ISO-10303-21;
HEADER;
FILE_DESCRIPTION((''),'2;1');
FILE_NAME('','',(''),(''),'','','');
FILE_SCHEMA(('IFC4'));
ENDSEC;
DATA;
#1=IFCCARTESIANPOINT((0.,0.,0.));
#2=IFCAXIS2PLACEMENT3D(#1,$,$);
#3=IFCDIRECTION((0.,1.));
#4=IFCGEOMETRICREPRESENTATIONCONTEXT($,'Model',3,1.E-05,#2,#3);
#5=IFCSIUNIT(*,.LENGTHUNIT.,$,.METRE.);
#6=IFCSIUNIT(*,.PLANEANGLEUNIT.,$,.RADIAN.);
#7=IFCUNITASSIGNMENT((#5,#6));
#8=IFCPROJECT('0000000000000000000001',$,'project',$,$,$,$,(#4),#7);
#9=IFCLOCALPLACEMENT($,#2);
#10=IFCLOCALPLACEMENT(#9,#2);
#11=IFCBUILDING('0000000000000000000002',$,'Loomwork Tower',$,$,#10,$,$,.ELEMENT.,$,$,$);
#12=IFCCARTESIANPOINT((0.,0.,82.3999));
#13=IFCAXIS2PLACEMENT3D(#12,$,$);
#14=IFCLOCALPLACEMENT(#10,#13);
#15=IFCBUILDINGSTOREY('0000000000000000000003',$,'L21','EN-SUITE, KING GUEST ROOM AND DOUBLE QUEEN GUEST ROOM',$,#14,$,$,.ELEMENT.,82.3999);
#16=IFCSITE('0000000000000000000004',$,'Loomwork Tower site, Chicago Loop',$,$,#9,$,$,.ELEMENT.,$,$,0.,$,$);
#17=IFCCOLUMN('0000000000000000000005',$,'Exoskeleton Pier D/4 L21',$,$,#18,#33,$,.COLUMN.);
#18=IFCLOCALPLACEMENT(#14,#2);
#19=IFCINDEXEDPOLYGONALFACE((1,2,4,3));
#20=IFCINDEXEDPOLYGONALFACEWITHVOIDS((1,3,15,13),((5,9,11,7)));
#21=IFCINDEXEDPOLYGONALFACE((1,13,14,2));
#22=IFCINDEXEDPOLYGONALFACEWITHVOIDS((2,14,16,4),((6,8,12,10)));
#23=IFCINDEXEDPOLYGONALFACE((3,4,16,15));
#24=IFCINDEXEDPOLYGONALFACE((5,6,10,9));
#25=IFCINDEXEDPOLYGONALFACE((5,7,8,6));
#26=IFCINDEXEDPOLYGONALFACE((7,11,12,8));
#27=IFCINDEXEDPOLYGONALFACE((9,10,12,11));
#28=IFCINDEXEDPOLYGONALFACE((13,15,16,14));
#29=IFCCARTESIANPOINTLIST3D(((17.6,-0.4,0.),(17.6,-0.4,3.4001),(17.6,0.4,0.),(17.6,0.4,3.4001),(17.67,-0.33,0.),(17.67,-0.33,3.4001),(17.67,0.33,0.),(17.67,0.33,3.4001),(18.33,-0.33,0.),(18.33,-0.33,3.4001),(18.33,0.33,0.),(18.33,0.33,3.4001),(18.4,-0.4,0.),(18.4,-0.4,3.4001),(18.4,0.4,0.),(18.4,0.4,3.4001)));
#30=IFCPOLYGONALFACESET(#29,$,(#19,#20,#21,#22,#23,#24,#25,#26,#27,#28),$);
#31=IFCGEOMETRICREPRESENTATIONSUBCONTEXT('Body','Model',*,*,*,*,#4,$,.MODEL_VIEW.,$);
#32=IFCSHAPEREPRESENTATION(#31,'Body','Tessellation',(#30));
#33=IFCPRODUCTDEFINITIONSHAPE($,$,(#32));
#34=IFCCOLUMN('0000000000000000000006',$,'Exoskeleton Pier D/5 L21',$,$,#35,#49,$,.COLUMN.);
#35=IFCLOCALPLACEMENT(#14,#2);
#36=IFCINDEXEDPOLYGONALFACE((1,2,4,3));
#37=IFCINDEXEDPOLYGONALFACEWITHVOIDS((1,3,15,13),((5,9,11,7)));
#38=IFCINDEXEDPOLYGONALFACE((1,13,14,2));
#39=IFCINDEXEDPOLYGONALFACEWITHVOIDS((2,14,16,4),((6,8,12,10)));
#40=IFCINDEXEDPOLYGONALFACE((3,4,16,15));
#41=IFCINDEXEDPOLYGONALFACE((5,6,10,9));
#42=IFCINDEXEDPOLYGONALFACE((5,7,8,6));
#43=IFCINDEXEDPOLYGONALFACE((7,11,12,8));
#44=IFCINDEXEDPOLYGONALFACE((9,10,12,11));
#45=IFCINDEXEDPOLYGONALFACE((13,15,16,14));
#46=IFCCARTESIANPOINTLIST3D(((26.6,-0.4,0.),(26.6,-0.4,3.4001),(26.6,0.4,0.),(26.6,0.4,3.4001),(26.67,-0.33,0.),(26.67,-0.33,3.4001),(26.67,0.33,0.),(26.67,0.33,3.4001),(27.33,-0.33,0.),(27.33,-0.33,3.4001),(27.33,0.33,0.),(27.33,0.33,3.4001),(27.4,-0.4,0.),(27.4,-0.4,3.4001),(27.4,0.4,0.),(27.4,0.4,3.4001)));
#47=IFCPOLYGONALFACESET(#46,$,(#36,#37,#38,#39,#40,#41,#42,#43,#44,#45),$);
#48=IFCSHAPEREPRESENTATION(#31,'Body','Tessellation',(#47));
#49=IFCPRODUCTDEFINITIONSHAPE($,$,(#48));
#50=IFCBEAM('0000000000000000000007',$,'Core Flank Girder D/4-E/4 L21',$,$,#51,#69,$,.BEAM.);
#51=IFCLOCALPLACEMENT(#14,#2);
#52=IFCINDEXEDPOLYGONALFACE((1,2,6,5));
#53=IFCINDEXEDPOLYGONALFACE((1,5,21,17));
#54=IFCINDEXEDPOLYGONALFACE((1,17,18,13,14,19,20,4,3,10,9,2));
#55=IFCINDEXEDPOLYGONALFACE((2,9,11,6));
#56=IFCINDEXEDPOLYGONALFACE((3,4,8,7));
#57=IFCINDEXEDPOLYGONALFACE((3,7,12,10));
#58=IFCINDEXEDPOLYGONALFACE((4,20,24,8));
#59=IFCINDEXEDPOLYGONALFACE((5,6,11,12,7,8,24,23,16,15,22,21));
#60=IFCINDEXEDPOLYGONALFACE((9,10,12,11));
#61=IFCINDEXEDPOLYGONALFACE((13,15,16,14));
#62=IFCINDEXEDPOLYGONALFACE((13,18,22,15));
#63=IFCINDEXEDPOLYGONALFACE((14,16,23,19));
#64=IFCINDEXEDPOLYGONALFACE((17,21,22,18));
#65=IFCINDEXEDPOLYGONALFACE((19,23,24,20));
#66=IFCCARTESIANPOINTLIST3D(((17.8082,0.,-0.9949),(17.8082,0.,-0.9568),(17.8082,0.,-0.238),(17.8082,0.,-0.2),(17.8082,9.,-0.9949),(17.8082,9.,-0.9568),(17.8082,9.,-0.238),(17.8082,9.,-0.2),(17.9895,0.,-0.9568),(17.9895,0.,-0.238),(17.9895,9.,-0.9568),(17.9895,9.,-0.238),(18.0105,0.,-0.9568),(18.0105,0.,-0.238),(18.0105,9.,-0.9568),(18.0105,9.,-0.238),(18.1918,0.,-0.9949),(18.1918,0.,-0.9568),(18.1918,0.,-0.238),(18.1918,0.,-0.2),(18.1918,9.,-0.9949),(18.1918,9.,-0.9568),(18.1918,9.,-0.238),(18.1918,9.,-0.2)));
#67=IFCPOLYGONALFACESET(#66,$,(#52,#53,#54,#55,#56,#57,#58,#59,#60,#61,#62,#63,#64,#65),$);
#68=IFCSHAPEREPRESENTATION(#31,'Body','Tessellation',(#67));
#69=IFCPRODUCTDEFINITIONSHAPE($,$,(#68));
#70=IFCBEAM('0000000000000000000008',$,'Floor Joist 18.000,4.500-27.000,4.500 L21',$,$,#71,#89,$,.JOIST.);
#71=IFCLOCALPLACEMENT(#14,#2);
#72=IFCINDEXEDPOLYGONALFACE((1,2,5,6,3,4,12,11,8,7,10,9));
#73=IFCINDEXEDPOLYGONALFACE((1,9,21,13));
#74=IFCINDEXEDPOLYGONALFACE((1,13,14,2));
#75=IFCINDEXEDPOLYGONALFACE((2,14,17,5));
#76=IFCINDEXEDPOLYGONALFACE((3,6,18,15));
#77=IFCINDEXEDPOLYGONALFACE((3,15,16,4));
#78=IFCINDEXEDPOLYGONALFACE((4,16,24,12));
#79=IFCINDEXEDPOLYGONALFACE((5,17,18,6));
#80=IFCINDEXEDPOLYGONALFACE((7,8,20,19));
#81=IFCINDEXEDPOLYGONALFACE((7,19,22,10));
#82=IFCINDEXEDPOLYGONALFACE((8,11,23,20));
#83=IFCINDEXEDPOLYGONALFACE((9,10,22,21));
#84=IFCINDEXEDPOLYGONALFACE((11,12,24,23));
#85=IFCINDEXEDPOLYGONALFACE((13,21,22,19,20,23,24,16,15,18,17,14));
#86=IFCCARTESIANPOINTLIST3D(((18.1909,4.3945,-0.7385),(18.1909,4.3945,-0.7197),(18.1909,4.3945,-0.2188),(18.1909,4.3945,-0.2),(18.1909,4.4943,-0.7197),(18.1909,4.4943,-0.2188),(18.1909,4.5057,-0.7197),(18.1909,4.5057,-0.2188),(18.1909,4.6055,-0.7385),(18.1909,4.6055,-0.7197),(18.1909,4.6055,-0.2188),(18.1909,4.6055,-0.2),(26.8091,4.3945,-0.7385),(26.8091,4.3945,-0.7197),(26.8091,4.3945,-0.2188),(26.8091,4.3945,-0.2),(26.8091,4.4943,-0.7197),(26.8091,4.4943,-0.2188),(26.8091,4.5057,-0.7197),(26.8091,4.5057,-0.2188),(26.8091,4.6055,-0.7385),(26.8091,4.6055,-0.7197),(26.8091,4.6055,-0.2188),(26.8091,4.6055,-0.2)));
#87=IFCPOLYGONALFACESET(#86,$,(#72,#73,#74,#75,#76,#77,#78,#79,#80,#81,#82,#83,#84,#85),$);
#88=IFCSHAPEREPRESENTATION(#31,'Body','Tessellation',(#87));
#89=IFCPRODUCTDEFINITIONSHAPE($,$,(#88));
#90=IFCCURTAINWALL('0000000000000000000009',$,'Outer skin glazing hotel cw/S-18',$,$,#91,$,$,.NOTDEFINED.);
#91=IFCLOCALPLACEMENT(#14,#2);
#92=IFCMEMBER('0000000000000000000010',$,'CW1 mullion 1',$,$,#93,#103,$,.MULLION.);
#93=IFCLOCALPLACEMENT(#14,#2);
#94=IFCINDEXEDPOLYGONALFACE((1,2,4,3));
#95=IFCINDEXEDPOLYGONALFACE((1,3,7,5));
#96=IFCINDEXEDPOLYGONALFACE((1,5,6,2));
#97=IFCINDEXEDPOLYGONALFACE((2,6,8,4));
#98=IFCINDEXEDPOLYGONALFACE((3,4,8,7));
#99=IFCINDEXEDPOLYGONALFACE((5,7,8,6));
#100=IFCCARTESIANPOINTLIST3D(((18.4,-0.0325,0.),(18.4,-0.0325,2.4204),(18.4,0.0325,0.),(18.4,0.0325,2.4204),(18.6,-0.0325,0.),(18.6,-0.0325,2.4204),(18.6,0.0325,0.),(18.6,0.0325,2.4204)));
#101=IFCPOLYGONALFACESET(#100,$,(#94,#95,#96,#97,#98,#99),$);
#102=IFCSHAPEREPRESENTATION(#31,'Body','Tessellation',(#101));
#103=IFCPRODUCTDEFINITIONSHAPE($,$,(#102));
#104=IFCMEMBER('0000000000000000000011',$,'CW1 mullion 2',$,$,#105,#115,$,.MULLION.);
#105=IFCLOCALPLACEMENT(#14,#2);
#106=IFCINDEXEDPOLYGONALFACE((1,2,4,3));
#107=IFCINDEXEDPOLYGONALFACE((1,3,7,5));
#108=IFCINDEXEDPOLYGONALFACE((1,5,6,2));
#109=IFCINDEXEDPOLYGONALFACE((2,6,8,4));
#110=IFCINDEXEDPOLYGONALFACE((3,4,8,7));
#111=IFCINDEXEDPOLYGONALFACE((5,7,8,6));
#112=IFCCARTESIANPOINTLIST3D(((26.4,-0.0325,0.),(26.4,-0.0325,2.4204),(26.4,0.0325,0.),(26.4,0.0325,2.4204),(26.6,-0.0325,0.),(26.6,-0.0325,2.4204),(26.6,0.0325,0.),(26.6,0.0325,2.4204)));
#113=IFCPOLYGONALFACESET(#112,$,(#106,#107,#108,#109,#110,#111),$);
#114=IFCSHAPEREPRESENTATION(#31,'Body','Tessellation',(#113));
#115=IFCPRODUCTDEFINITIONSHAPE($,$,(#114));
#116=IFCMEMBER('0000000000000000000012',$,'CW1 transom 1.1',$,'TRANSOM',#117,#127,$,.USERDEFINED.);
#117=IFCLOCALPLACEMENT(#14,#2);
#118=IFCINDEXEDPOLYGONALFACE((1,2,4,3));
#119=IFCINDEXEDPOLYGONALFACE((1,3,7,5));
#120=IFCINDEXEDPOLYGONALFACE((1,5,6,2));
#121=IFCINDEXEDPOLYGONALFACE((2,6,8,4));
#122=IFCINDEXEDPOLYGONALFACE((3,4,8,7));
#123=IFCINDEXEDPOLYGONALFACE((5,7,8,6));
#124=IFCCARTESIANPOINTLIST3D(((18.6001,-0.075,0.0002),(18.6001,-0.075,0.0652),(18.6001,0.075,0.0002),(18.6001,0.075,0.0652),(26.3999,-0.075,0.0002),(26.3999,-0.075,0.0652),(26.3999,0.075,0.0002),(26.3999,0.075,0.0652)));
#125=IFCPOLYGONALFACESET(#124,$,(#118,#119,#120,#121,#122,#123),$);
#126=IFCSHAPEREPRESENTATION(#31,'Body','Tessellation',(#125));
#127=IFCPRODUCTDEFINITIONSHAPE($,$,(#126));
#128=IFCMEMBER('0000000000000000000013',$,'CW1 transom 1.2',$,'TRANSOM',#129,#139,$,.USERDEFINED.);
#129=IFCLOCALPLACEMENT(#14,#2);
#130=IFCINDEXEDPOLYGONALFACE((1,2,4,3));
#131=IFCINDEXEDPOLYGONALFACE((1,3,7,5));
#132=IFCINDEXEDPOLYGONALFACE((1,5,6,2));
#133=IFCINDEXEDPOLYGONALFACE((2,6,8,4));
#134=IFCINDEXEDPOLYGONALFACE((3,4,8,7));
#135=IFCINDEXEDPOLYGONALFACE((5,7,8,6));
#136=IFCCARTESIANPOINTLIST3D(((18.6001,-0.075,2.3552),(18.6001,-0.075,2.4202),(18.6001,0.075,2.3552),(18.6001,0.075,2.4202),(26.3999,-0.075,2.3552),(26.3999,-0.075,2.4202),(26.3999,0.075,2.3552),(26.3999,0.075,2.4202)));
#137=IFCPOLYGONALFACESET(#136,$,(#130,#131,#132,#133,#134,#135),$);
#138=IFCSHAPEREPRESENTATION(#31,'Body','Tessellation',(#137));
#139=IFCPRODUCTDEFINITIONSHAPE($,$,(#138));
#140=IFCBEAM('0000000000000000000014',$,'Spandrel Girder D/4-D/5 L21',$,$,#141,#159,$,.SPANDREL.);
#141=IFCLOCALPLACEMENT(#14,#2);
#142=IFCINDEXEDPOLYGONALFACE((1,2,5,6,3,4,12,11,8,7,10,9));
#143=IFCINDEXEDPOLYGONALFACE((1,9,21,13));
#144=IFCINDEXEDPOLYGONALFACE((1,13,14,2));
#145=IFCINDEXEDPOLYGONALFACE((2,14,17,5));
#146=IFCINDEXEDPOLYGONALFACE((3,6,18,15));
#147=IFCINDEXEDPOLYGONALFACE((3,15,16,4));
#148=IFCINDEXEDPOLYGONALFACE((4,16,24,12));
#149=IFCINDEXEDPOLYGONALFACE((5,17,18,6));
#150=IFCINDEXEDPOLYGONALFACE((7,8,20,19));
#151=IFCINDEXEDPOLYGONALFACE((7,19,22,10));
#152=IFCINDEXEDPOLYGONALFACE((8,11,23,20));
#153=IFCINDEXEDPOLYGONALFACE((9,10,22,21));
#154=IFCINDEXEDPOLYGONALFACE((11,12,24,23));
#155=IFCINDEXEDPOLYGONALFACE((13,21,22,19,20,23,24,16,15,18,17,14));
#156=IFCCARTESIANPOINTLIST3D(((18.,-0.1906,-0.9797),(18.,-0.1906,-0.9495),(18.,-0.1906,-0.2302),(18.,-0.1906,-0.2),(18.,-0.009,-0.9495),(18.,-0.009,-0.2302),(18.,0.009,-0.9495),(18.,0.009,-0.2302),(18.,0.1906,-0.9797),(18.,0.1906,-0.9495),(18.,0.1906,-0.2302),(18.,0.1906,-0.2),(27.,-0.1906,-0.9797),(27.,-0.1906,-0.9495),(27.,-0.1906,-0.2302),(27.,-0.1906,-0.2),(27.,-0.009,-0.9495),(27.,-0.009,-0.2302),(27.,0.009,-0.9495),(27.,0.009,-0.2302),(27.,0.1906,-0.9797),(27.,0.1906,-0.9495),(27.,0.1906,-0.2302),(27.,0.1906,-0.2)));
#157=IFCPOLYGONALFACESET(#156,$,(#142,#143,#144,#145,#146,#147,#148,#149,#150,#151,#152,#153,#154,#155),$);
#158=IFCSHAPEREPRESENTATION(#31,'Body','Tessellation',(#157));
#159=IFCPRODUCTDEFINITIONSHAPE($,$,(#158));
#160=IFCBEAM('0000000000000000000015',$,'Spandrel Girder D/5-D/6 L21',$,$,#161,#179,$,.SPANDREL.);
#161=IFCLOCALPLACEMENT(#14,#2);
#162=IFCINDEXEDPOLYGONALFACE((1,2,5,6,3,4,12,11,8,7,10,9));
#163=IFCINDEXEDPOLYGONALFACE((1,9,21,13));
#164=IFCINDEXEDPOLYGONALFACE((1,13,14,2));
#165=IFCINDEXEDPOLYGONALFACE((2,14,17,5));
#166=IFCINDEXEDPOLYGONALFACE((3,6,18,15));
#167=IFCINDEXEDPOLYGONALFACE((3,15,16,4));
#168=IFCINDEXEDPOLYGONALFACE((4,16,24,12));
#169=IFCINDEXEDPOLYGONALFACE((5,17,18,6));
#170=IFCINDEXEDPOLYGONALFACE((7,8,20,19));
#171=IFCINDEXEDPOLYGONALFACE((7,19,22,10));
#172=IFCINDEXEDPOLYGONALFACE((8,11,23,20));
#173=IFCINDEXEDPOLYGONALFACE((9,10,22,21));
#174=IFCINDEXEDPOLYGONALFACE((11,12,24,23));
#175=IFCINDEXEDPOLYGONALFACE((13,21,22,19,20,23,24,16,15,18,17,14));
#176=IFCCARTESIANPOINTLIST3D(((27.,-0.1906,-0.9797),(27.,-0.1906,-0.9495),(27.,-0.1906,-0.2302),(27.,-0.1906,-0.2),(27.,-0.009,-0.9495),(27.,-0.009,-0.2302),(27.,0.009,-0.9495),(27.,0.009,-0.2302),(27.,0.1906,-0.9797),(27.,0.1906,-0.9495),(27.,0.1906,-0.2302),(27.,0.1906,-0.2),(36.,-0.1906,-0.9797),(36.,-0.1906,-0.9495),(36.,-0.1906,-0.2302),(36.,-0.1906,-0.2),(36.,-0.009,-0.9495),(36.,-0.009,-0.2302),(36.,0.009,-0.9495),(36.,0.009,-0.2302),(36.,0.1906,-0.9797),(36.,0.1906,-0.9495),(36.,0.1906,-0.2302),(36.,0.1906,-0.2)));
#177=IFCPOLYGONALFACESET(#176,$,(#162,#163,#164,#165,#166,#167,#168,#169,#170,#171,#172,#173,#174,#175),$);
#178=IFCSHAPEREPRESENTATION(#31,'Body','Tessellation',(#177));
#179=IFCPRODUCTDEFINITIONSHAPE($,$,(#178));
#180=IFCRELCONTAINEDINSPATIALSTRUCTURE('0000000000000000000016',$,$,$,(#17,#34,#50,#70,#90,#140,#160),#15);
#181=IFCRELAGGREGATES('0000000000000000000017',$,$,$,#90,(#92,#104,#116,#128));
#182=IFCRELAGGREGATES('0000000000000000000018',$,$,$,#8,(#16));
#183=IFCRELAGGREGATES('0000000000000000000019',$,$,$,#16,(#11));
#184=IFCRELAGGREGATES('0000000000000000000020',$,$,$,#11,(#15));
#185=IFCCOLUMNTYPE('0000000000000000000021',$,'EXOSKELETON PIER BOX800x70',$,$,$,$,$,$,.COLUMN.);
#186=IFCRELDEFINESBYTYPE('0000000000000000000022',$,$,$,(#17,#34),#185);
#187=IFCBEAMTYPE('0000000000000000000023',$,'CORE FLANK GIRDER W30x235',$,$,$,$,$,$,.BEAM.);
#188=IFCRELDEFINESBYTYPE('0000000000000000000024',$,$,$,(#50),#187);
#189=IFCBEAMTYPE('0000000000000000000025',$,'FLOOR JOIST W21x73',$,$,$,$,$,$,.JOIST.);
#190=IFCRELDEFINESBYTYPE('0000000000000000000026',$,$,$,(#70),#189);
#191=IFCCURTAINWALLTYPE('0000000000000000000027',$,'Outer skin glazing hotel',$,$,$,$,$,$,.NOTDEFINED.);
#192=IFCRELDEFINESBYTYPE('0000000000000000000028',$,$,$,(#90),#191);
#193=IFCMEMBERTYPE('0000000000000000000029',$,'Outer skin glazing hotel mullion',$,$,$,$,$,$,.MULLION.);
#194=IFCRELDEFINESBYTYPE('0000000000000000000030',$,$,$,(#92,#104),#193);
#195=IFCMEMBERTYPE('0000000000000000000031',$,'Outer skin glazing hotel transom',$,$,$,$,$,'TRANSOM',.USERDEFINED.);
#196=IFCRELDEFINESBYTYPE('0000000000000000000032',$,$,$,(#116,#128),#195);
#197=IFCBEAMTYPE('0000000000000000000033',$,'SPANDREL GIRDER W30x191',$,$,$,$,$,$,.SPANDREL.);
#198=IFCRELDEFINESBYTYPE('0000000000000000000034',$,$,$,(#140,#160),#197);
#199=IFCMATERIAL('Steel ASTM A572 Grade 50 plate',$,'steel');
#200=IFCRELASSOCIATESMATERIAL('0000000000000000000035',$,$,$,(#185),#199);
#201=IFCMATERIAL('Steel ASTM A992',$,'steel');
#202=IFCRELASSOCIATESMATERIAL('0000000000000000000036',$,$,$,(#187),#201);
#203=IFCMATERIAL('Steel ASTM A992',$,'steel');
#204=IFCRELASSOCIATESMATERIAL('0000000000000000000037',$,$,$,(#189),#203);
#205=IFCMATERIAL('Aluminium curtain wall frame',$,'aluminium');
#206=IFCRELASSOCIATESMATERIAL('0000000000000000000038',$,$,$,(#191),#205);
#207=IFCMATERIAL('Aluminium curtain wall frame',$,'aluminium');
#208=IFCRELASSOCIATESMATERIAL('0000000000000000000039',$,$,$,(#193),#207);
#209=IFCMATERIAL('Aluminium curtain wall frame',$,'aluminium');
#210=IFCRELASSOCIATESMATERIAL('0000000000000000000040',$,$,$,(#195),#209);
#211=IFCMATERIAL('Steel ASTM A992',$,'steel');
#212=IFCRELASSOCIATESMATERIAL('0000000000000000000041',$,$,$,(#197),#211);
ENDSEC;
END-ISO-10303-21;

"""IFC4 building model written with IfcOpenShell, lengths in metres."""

from ifc_helpers import new_model, si_unit, direction, frame, origin, origin_2d, place, context, subcontext, project, spatial, rectangle, hollow_rectangle, i_section, extrude, material, material_profile, profile_set, type_object, element, aggregate, save


model = new_model("IFC4")

# Units and contexts
model_context = context("Model", 3, precision=1e-05, world=origin(), true_north=direction((0.0, 1.0)))
body_context = subcontext(model_context, "Body", "Model", "MODEL_VIEW")
ifc_project = project(units=[si_unit("LENGTHUNIT", "METRE"), si_unit("PLANEANGLEUNIT", "RADIAN")], contexts=[model_context])

# Site, building, storey
site_placement = place(None, origin())
site = spatial("IfcSite", under=ifc_project, at=site_placement, Name="Loomwork Tower site, Chicago Loop", CompositionType="ELEMENT", RefElevation=0.0)
building_placement = place(site_placement, origin())
building = spatial("IfcBuilding", under=site, at=building_placement, Name="Loomwork Tower", CompositionType="ELEMENT")
storey_placement = place(building_placement, frame((0.0, 0.0, 82.3999)))
storey = spatial("IfcBuildingStorey", under=building, at=storey_placement, Name="L21", Description="EN-SUITE, KING GUEST ROOM AND DOUBLE QUEEN GUEST ROOM", CompositionType="ELEMENT", Elevation=82.3999)

# Columns
ifc_material_1 = material(Name="Steel ASTM A572 Grade 50 plate", Category="steel")
ifc_material_profile_1 = material_profile(ifc_material_1, hollow_rectangle(XDim=0.8, YDim=0.8, WallThickness=0.0701, at=origin_2d()), Name="BOX800x70")
ifc_profile_set_1 = profile_set([ifc_material_profile_1], Name="Steel ASTM A572 Grade 50 plate")
column_type = type_object("IfcColumnType", Name="EXOSKELETON PIER BOX800x70", PredefinedType="COLUMN", material=ifc_profile_set_1)
for number, where, z_axis, x_axis, name in (
    (1, (18.0, 0.0, 0.0), (0.0, 0.0, 1.0), (1.0, 0.0, 0.0), "Exoskeleton Pier D/4 L21"),
    (2, (27.0, 0.0, 0.0), (0.0, 0.0, 1.0), (1.0, 0.0, 0.0), "Exoskeleton Pier D/5 L21"),
):
    element("IfcColumn", number, at=place(storey_placement, frame(where, z_axis=z_axis, x_axis=x_axis)), inside=storey, type_object=column_type, Name=name, PredefinedType="COLUMN", context=body_context, shape_type="SweptSolid", body=[
        extrude(hollow_rectangle(XDim=0.8, YDim=0.8, WallThickness=0.0701, at=origin_2d()), origin(), (0.0, 0.0, 1.0), 3.4001),
    ])

# Beams
ifc_material_2 = material(Name="Steel ASTM A992", Category="steel")
ifc_material_profile_2 = material_profile(ifc_material_2, i_section(OverallWidth=0.3835, OverallDepth=0.7949, WebThickness=0.021, FlangeThickness=0.0381, at=origin_2d()), Name="W30x235")
ifc_profile_set_2 = profile_set([ifc_material_profile_2], Name="Steel ASTM A992")
beam_type_1 = type_object("IfcBeamType", Name="CORE FLANK GIRDER W30x235", PredefinedType="BEAM", material=ifc_profile_set_2)
beam_1_placement = place(storey_placement, frame((18.0, 0.0, -0.5974), z_axis=(0.0, 1.0, 0.0), x_axis=(-1.0, 0.0, 0.0)))
element("IfcBeam", 3, at=beam_1_placement, inside=storey, type_object=beam_type_1, Name="Core Flank Girder D/4-E/4 L21", PredefinedType="BEAM", context=body_context, shape_type="SweptSolid", body=[
    extrude(i_section(OverallWidth=0.3835, OverallDepth=0.7949, WebThickness=0.021, FlangeThickness=0.0381, at=origin_2d()), origin(), (0.0, 0.0, 1.0), 9.0),
])
ifc_material_3 = material(Name="Steel ASTM A992", Category="steel")
ifc_material_profile_3 = material_profile(ifc_material_3, i_section(OverallWidth=0.2109, OverallDepth=0.5386, WebThickness=0.0115, FlangeThickness=0.0188, at=origin_2d()), Name="W21x73")
ifc_profile_set_3 = profile_set([ifc_material_profile_3], Name="Steel ASTM A992")
beam_type_2 = type_object("IfcBeamType", Name="FLOOR JOIST W21x73", PredefinedType="JOIST", material=ifc_profile_set_3)
beam_2_placement = place(storey_placement, frame((18.1909, 4.5, -0.4692), z_axis=(1.0, 0.0, 0.0), x_axis=(0.0, 1.0, 0.0)))
element("IfcBeam", 4, at=beam_2_placement, inside=storey, type_object=beam_type_2, Name="Floor Joist 18.000,4.500-27.000,4.500 L21", PredefinedType="JOIST", context=body_context, shape_type="SweptSolid", body=[
    extrude(i_section(OverallWidth=0.2109, OverallDepth=0.5386, WebThickness=0.0115, FlangeThickness=0.0188, at=origin_2d()), origin(), (0.0, 0.0, 1.0), 8.6182),
])

# Curtain wall, members
ifc_material_4 = material(Name="Aluminium curtain wall frame", Category="aluminium")
curtain_wall_type = type_object("IfcCurtainWallType", Name="Outer skin glazing hotel", PredefinedType="NOTDEFINED", material=ifc_material_4)
curtain_wall_placement = place(storey_placement, origin())
curtain_wall = element("IfcCurtainWall", 5, at=curtain_wall_placement, inside=storey, type_object=curtain_wall_type, Name="Outer skin glazing hotel cw/S-18", PredefinedType="NOTDEFINED")
ifc_material_5 = material(Name="Aluminium curtain wall frame", Category="aluminium")
ifc_material_profile_4 = material_profile(ifc_material_5, rectangle(XDim=0.0649, YDim=0.2, at=origin_2d()), Name="AL 65x200")
ifc_profile_set_4 = profile_set([ifc_material_profile_4], Name="Aluminium curtain wall frame")
member_type_1 = type_object("IfcMemberType", Name="Outer skin glazing hotel mullion", PredefinedType="MULLION", material=ifc_profile_set_4)
member_1_placement = place(storey_placement, frame((18.5, 0.0, 0.0), z_axis=(0.0, 0.0, 1.0), x_axis=(0.0, 1.0, 0.0)))
member_1 = element("IfcMember", 6, at=member_1_placement, type_object=member_type_1, Name="CW1 mullion 1", PredefinedType="MULLION", context=body_context, shape_type="SweptSolid", body=[
    extrude(rectangle(XDim=0.0649, YDim=0.2, at=origin_2d()), origin(), (0.0, 0.0, 1.0), 2.4204),
])
member_2_placement = place(storey_placement, frame((26.5, 0.0, 0.0), z_axis=(0.0, 0.0, 1.0), x_axis=(0.0, 1.0, 0.0)))
member_2 = element("IfcMember", 7, at=member_2_placement, type_object=member_type_1, Name="CW1 mullion 2", PredefinedType="MULLION", context=body_context, shape_type="SweptSolid", body=[
    extrude(rectangle(XDim=0.0649, YDim=0.2, at=origin_2d()), origin(), (0.0, 0.0, 1.0), 2.4204),
])
ifc_material_6 = material(Name="Aluminium curtain wall frame", Category="aluminium")
ifc_material_profile_5 = material_profile(ifc_material_6, rectangle(XDim=0.1499, YDim=0.0649, at=origin_2d()), Name="AL 65x150")
ifc_profile_set_5 = profile_set([ifc_material_profile_5], Name="Aluminium curtain wall frame")
member_type_2 = type_object("IfcMemberType", Name="Outer skin glazing hotel transom", ElementType="TRANSOM", PredefinedType="USERDEFINED", material=ifc_profile_set_5)
member_3_placement = place(storey_placement, frame((18.6001, 0.0, 0.0327), z_axis=(1.0, 0.0, 0.0), x_axis=(0.0, 1.0, 0.0)))
member_3 = element("IfcMember", 8, at=member_3_placement, type_object=member_type_2, Name="CW1 transom 1.1", ObjectType="TRANSOM", PredefinedType="USERDEFINED", context=body_context, shape_type="SweptSolid", body=[
    extrude(rectangle(XDim=0.1499, YDim=0.0649, at=origin_2d()), origin(), (0.0, 0.0, 1.0), 7.7998),
])
member_4_placement = place(storey_placement, frame((18.6001, 0.0, 2.3877), z_axis=(1.0, 0.0, 0.0), x_axis=(0.0, 1.0, 0.0)))
member_4 = element("IfcMember", 9, at=member_4_placement, type_object=member_type_2, Name="CW1 transom 1.2", ObjectType="TRANSOM", PredefinedType="USERDEFINED", context=body_context, shape_type="SweptSolid", body=[
    extrude(rectangle(XDim=0.1499, YDim=0.0649, at=origin_2d()), origin(), (0.0, 0.0, 1.0), 7.7998),
])

# Beams
ifc_material_7 = material(Name="Steel ASTM A992", Category="steel")
ifc_material_profile_6 = material_profile(ifc_material_7, i_section(OverallWidth=0.3811, OverallDepth=0.7798, WebThickness=0.0181, FlangeThickness=0.0303, at=origin_2d()), Name="W30x191")
ifc_profile_set_6 = profile_set([ifc_material_profile_6], Name="Steel ASTM A992")
beam_type_3 = type_object("IfcBeamType", Name="SPANDREL GIRDER W30x191", PredefinedType="SPANDREL", material=ifc_profile_set_6)
for number, where, z_axis, x_axis, name in (
    (10, (18.0, 0.0, -0.5898), (1.0, 0.0, 0.0), (0.0, 1.0, 0.0), "Spandrel Girder D/4-D/5 L21"),
    (11, (27.0, 0.0, -0.5898), (1.0, 0.0, 0.0), (0.0, 1.0, 0.0), "Spandrel Girder D/5-D/6 L21"),
):
    element("IfcBeam", number, at=place(storey_placement, frame(where, z_axis=z_axis, x_axis=x_axis)), inside=storey, type_object=beam_type_3, Name=name, PredefinedType="SPANDREL", context=body_context, shape_type="SweptSolid", body=[
        extrude(i_section(OverallWidth=0.3811, OverallDepth=0.7798, WebThickness=0.0181, FlangeThickness=0.0303, at=origin_2d()), origin(), (0.0, 0.0, 1.0), 9.0),
    ])

aggregate(curtain_wall, [member_1, member_2, member_3, member_4])

save(model, "model.ifc")
